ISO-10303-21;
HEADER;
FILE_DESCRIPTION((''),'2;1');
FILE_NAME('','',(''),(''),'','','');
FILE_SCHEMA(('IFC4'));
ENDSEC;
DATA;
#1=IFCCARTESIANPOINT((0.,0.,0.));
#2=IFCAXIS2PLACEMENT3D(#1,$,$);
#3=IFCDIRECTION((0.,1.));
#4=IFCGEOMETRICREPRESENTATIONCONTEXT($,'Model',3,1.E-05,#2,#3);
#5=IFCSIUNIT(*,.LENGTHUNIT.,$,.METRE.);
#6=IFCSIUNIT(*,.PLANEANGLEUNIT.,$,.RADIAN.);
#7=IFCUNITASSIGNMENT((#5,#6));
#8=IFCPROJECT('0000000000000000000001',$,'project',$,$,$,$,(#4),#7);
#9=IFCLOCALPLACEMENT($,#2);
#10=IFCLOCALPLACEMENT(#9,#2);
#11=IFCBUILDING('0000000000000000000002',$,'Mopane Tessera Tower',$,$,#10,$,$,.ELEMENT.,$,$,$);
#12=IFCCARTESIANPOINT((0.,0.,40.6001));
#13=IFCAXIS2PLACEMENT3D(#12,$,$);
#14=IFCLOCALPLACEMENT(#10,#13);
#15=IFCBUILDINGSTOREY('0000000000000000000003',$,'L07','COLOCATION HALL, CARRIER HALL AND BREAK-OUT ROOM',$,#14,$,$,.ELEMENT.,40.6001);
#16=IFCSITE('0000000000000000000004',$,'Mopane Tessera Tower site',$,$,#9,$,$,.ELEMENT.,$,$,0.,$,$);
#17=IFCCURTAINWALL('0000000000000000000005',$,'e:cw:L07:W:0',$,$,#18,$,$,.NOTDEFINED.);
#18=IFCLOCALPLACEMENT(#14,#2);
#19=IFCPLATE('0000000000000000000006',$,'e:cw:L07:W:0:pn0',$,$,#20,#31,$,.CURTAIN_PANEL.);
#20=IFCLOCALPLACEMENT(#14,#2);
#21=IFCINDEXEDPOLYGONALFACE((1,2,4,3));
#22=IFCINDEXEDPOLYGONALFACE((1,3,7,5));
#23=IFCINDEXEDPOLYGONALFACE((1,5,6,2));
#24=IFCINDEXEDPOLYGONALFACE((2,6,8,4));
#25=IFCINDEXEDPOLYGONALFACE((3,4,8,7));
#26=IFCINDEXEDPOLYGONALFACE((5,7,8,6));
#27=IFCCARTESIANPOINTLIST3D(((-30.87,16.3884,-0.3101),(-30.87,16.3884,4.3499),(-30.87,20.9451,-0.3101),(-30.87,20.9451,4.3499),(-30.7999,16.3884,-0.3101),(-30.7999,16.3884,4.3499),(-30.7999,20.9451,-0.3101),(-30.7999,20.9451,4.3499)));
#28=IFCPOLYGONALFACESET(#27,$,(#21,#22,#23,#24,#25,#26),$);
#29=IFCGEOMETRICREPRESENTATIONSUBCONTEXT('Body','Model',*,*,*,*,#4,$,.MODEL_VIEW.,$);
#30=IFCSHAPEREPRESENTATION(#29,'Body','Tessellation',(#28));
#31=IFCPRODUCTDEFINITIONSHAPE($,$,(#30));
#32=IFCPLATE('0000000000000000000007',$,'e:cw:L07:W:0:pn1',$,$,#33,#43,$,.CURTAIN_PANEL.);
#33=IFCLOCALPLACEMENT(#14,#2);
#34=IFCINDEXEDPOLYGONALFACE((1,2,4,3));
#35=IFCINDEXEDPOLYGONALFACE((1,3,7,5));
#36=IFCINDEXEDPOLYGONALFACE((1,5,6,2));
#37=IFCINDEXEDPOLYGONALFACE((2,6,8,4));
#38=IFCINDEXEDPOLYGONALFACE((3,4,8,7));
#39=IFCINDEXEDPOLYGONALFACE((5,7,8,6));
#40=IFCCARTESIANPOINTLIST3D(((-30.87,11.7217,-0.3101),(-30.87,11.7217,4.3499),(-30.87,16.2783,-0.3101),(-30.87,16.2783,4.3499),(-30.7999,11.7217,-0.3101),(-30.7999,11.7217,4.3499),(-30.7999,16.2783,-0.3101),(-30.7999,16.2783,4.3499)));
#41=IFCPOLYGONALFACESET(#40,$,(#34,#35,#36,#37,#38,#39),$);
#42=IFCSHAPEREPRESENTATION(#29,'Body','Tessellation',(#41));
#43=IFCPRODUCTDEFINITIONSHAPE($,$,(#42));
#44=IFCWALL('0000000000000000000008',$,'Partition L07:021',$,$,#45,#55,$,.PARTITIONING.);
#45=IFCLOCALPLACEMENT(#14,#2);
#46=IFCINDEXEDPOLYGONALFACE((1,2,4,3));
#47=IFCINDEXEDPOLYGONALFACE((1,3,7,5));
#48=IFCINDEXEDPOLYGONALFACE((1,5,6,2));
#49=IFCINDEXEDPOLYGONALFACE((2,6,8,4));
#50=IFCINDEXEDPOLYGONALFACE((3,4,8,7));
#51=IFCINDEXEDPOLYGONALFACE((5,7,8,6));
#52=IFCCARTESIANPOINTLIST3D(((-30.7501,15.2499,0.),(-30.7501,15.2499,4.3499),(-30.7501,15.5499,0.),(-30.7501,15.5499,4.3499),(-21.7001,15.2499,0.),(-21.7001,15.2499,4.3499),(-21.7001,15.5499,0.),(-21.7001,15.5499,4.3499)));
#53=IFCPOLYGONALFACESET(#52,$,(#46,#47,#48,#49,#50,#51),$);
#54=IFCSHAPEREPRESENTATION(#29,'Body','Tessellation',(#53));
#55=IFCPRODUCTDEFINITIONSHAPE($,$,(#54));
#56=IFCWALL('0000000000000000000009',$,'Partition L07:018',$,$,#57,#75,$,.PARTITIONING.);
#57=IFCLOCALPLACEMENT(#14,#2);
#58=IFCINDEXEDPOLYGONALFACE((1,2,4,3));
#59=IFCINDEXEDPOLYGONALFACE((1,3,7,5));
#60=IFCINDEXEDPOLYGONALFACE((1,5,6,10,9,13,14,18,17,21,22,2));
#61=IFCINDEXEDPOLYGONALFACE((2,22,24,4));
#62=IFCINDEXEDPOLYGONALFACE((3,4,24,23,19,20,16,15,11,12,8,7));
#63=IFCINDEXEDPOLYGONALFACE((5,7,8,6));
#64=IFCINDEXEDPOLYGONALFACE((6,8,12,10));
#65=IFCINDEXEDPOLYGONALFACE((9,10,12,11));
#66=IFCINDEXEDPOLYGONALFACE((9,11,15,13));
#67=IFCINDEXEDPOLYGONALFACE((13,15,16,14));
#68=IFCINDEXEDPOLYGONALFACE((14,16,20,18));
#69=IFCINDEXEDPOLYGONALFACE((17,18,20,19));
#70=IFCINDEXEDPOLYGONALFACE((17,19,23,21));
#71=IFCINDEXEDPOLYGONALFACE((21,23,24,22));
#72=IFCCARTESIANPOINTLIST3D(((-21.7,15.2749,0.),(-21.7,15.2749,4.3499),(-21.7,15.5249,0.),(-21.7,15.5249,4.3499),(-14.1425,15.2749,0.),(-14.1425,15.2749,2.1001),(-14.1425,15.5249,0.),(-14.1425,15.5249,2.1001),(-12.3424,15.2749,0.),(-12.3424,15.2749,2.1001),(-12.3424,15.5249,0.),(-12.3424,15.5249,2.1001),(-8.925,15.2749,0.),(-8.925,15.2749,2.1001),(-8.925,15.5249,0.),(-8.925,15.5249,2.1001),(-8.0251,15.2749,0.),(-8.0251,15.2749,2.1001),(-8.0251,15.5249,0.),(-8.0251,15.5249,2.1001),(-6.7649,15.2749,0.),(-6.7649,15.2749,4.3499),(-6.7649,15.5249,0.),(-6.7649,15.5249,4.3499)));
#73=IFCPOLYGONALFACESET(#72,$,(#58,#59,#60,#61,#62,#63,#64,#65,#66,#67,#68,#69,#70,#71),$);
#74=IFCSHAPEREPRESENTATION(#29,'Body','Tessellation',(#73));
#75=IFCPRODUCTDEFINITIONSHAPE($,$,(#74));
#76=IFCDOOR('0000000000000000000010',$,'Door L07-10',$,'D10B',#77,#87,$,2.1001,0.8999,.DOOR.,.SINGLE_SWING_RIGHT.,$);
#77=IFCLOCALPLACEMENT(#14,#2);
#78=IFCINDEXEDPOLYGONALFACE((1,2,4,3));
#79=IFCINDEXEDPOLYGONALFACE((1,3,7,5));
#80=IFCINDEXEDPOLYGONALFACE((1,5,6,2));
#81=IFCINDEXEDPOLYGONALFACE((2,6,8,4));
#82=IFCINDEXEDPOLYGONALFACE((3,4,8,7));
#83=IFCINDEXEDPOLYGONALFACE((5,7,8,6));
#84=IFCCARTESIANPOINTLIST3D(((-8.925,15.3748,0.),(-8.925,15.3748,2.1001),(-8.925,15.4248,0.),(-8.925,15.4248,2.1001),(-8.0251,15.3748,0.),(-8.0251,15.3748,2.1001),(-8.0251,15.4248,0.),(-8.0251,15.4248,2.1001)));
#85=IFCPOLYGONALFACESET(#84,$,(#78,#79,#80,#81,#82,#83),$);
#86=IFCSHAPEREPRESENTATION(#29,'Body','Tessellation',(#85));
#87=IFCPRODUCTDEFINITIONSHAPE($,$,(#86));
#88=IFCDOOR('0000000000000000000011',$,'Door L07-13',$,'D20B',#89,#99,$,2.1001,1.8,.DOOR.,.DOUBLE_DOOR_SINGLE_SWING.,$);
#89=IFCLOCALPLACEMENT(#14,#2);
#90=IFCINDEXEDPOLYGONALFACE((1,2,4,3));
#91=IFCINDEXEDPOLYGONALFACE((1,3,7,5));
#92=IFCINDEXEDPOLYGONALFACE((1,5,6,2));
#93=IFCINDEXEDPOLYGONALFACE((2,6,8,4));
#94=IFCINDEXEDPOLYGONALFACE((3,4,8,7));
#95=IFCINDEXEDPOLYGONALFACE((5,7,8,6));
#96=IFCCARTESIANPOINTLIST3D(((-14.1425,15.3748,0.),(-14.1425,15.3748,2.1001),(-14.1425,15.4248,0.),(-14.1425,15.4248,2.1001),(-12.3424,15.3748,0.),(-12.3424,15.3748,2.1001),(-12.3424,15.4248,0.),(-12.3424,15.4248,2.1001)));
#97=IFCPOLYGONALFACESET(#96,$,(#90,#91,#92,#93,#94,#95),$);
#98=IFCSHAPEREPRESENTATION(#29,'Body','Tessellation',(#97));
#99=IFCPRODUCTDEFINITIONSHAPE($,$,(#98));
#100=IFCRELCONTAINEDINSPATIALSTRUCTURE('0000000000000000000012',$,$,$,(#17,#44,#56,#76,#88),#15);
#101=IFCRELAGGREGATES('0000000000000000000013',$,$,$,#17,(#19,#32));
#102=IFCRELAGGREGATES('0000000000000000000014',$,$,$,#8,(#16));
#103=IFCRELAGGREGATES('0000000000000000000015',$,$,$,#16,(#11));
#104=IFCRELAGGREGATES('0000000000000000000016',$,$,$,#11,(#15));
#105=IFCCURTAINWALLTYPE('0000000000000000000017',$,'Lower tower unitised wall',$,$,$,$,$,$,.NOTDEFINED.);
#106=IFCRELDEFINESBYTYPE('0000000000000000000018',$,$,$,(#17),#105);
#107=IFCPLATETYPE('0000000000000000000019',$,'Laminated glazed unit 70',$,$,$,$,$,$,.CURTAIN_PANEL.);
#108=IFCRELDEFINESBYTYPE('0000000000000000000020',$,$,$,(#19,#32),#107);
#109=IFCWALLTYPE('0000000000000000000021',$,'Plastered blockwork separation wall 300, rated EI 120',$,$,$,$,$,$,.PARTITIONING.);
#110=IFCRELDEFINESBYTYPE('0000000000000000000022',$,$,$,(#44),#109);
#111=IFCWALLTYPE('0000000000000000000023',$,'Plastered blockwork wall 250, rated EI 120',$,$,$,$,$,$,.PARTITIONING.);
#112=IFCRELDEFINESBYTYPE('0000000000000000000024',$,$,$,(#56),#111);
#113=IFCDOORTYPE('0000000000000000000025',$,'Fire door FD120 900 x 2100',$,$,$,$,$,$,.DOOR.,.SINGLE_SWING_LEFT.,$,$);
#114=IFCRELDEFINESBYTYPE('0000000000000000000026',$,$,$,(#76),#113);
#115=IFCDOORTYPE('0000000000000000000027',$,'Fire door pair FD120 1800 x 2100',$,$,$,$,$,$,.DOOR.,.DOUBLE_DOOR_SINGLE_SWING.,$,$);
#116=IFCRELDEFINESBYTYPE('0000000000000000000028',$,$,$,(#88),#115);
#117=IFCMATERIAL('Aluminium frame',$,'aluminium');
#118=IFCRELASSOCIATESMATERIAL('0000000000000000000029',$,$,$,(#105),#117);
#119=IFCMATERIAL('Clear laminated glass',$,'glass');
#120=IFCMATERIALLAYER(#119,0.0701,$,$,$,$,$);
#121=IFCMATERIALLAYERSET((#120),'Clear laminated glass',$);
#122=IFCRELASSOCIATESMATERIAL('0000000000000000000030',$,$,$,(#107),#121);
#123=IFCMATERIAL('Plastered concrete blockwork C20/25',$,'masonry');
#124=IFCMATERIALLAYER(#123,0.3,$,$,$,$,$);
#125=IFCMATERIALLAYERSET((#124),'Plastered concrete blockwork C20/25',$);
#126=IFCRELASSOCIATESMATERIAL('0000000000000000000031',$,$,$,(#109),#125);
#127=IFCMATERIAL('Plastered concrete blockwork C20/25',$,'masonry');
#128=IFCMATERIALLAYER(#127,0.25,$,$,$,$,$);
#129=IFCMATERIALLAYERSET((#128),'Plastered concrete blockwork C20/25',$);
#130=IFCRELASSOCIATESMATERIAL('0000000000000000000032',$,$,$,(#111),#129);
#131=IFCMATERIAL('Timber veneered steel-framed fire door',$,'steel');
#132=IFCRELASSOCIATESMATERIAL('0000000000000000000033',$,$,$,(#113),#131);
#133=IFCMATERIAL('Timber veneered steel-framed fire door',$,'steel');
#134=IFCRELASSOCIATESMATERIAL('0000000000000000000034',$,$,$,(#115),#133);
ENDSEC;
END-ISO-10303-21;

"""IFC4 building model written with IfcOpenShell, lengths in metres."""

from ifc_helpers import new_model, si_unit, direction, frame, frame_2d, origin, origin_2d, place, context, subcontext, project, spatial, rectangle, extrude, material, layer, layer_set, type_object, element, fill, aggregate, save


model = new_model("IFC4")

# Units and contexts
model_context = context("Model", 3, precision=1e-05, world=origin(), true_north=direction((0.0, 1.0)))
body_context = subcontext(model_context, "Body", "Model", "MODEL_VIEW")
ifc_project = project(units=[si_unit("LENGTHUNIT", "METRE"), si_unit("PLANEANGLEUNIT", "RADIAN")], contexts=[model_context])

# Site, building, storey
site_placement = place(None, origin())
site = spatial("IfcSite", under=ifc_project, at=site_placement, Name="Mopane Tessera Tower site", CompositionType="ELEMENT", RefElevation=0.0)
building_placement = place(site_placement, origin())
building = spatial("IfcBuilding", under=site, at=building_placement, Name="Mopane Tessera Tower", CompositionType="ELEMENT")
storey_placement = place(building_placement, frame((0.0, 0.0, 40.6001)))
storey = spatial("IfcBuildingStorey", under=building, at=storey_placement, Name="L07", Description="COLOCATION HALL, CARRIER HALL AND BREAK-OUT ROOM", CompositionType="ELEMENT", Elevation=40.6001)

# Curtain wall
ifc_material_1 = material(Name="Aluminium frame", Category="aluminium")
curtain_wall_type = type_object("IfcCurtainWallType", Name="Lower tower unitised wall", PredefinedType="NOTDEFINED", material=ifc_material_1)
curtain_wall_1_placement = place(storey_placement, origin())
curtain_wall_1 = element("IfcCurtainWall", 1, at=curtain_wall_1_placement, inside=storey, type_object=curtain_wall_type, Name="e:cw:L07:W:0", PredefinedType="NOTDEFINED")

# Plates
ifc_material_2 = material(Name="Clear laminated glass", Category="glass")
ifc_layer_1 = layer(ifc_material_2, 0.0701)
ifc_layer_set_1 = layer_set([ifc_layer_1], Name="Clear laminated glass")
plate_type = type_object("IfcPlateType", Name="Laminated glazed unit 70", PredefinedType="CURTAIN_PANEL", material=ifc_layer_set_1)
plate_1_placement = place(storey_placement, frame((-30.835, 18.6667, -0.3101), z_axis=(0.0, 0.0, 1.0), x_axis=(0.0, -1.0, 0.0)))
plate_1 = element("IfcPlate", 2, at=plate_1_placement, type_object=plate_type, Name="e:cw:L07:W:0:pn0", PredefinedType="CURTAIN_PANEL", context=body_context, shape_type="SweptSolid", body=[
    extrude(rectangle(XDim=4.5566, YDim=0.0701, at=origin_2d()), origin(), (0.0, 0.0, 1.0), 4.6599),
])
plate_2_placement = place(storey_placement, frame((-30.835, 14.0, -0.3101), z_axis=(0.0, 0.0, 1.0), x_axis=(0.0, -1.0, 0.0)))
plate_2 = element("IfcPlate", 3, at=plate_2_placement, type_object=plate_type, Name="e:cw:L07:W:0:pn1", PredefinedType="CURTAIN_PANEL", context=body_context, shape_type="SweptSolid", body=[
    extrude(rectangle(XDim=4.5566, YDim=0.0701, at=origin_2d()), origin(), (0.0, 0.0, 1.0), 4.6599),
])
aggregate(curtain_wall_1, [plate_1, plate_2])

# Wall
ifc_material_3 = material(Name="Plastered concrete blockwork C20/25", Category="masonry")
ifc_layer_2 = layer(ifc_material_3, 0.3)
ifc_layer_set_2 = layer_set([ifc_layer_2], Name="Plastered concrete blockwork C20/25")
wall_type_1 = type_object("IfcWallType", Name="Plastered blockwork separation wall 300, rated EI 120", PredefinedType="PARTITIONING", material=ifc_layer_set_2)
wall_1_placement = place(storey_placement, frame((-30.75, 15.3999, 0.0), z_axis=(0.0, 0.0, 1.0), x_axis=(1.0, 0.0, 0.0)))
element("IfcWall", 4, at=wall_1_placement, inside=storey, type_object=wall_type_1, Name="Partition L07:021", PredefinedType="PARTITIONING", context=body_context, shape_type="SweptSolid", body=[
    extrude(rectangle(XDim=9.05, YDim=0.3, at=frame_2d((4.5249, 0.0))), origin(), (0.0, 0.0, 1.0), 4.3499),
])

# Wall, openings, doors
ifc_material_4 = material(Name="Plastered concrete blockwork C20/25", Category="masonry")
ifc_layer_3 = layer(ifc_material_4, 0.25)
ifc_layer_set_3 = layer_set([ifc_layer_3], Name="Plastered concrete blockwork C20/25")
wall_type_2 = type_object("IfcWallType", Name="Plastered blockwork wall 250, rated EI 120", PredefinedType="PARTITIONING", material=ifc_layer_set_3)
wall_2_placement = place(storey_placement, frame((-21.7, 15.3999, 0.0), z_axis=(0.0, 0.0, 1.0), x_axis=(1.0, 0.0, 0.0)))
wall_2 = element("IfcWall", 5, at=wall_2_placement, inside=storey, type_object=wall_type_2, Name="Partition L07:018", PredefinedType="PARTITIONING", context=body_context, shape_type="SweptSolid", body=[
    extrude(rectangle(XDim=14.9351, YDim=0.25, at=frame_2d((7.4675, 0.0))), origin(), (0.0, 0.0, 1.0), 4.3499),
])
opening_1_placement = place(wall_2_placement, frame((12.7749, 0.0, 0.0)))
opening_1 = element("IfcOpeningElement", 6, at=opening_1_placement, cuts=wall_2, PredefinedType="OPENING", context=body_context, shape_type="SweptSolid", body=[
    extrude(rectangle(XDim=0.8999, YDim=2.1001, at=frame_2d((0.45, 1.05))), frame((0.0, 0.137, 0.0), z_axis=(0.0, -1.0, 0.0), x_axis=(1.0, 0.0, 0.0)), (0.0, 0.0, 1.0), 0.2739),
])
opening_2_placement = place(wall_2_placement, frame((7.5576, 0.0, 0.0)))
opening_2 = element("IfcOpeningElement", 7, at=opening_2_placement, cuts=wall_2, PredefinedType="OPENING", context=body_context, shape_type="SweptSolid", body=[
    extrude(rectangle(XDim=1.8, YDim=2.1001, at=frame_2d((0.8999, 1.05))), frame((0.0, 0.137, 0.0), z_axis=(0.0, -1.0, 0.0), x_axis=(1.0, 0.0, 0.0)), (0.0, 0.0, 1.0), 0.2739),
])
ifc_material_5 = material(Name="Timber veneered steel-framed fire door", Category="steel")
door_type_1 = type_object("IfcDoorType", Name="Fire door FD120 900 x 2100", OperationType="SINGLE_SWING_LEFT", PredefinedType="DOOR", material=ifc_material_5)
door_1_placement = place(opening_1_placement, origin())
door_1 = element("IfcDoor", 8, at=door_1_placement, inside=storey, type_object=door_type_1, Name="Door L07-10", ObjectType="D10B", OperationType="SINGLE_SWING_RIGHT", OverallHeight=2.1001, OverallWidth=0.8999, PredefinedType="DOOR", context=body_context, shape_type="SweptSolid", body=[
    extrude(rectangle(XDim=0.8999, YDim=2.1001, at=frame_2d((0.45, 1.05))), frame((0.0, 0.0249, 0.0), z_axis=(0.0, -1.0, 0.0), x_axis=(1.0, 0.0, 0.0)), (0.0, 0.0, 1.0), 0.05),
])
fill(opening_1, door_1)
ifc_material_6 = material(Name="Timber veneered steel-framed fire door", Category="steel")
door_type_2 = type_object("IfcDoorType", Name="Fire door pair FD120 1800 x 2100", OperationType="DOUBLE_DOOR_SINGLE_SWING", PredefinedType="DOOR", material=ifc_material_6)
door_2_placement = place(opening_2_placement, origin())
door_2 = element("IfcDoor", 9, at=door_2_placement, inside=storey, type_object=door_type_2, Name="Door L07-13", ObjectType="D20B", OperationType="DOUBLE_DOOR_SINGLE_SWING", OverallHeight=2.1001, OverallWidth=1.8, PredefinedType="DOOR", context=body_context, shape_type="SweptSolid", body=[
    extrude(rectangle(XDim=1.8, YDim=2.1001, at=frame_2d((0.8999, 1.05))), frame((0.0, 0.0249, 0.0), z_axis=(0.0, -1.0, 0.0), x_axis=(1.0, 0.0, 0.0)), (0.0, 0.0, 1.0), 0.05),
])
fill(opening_2, door_2)

save(model, "model.ifc")
